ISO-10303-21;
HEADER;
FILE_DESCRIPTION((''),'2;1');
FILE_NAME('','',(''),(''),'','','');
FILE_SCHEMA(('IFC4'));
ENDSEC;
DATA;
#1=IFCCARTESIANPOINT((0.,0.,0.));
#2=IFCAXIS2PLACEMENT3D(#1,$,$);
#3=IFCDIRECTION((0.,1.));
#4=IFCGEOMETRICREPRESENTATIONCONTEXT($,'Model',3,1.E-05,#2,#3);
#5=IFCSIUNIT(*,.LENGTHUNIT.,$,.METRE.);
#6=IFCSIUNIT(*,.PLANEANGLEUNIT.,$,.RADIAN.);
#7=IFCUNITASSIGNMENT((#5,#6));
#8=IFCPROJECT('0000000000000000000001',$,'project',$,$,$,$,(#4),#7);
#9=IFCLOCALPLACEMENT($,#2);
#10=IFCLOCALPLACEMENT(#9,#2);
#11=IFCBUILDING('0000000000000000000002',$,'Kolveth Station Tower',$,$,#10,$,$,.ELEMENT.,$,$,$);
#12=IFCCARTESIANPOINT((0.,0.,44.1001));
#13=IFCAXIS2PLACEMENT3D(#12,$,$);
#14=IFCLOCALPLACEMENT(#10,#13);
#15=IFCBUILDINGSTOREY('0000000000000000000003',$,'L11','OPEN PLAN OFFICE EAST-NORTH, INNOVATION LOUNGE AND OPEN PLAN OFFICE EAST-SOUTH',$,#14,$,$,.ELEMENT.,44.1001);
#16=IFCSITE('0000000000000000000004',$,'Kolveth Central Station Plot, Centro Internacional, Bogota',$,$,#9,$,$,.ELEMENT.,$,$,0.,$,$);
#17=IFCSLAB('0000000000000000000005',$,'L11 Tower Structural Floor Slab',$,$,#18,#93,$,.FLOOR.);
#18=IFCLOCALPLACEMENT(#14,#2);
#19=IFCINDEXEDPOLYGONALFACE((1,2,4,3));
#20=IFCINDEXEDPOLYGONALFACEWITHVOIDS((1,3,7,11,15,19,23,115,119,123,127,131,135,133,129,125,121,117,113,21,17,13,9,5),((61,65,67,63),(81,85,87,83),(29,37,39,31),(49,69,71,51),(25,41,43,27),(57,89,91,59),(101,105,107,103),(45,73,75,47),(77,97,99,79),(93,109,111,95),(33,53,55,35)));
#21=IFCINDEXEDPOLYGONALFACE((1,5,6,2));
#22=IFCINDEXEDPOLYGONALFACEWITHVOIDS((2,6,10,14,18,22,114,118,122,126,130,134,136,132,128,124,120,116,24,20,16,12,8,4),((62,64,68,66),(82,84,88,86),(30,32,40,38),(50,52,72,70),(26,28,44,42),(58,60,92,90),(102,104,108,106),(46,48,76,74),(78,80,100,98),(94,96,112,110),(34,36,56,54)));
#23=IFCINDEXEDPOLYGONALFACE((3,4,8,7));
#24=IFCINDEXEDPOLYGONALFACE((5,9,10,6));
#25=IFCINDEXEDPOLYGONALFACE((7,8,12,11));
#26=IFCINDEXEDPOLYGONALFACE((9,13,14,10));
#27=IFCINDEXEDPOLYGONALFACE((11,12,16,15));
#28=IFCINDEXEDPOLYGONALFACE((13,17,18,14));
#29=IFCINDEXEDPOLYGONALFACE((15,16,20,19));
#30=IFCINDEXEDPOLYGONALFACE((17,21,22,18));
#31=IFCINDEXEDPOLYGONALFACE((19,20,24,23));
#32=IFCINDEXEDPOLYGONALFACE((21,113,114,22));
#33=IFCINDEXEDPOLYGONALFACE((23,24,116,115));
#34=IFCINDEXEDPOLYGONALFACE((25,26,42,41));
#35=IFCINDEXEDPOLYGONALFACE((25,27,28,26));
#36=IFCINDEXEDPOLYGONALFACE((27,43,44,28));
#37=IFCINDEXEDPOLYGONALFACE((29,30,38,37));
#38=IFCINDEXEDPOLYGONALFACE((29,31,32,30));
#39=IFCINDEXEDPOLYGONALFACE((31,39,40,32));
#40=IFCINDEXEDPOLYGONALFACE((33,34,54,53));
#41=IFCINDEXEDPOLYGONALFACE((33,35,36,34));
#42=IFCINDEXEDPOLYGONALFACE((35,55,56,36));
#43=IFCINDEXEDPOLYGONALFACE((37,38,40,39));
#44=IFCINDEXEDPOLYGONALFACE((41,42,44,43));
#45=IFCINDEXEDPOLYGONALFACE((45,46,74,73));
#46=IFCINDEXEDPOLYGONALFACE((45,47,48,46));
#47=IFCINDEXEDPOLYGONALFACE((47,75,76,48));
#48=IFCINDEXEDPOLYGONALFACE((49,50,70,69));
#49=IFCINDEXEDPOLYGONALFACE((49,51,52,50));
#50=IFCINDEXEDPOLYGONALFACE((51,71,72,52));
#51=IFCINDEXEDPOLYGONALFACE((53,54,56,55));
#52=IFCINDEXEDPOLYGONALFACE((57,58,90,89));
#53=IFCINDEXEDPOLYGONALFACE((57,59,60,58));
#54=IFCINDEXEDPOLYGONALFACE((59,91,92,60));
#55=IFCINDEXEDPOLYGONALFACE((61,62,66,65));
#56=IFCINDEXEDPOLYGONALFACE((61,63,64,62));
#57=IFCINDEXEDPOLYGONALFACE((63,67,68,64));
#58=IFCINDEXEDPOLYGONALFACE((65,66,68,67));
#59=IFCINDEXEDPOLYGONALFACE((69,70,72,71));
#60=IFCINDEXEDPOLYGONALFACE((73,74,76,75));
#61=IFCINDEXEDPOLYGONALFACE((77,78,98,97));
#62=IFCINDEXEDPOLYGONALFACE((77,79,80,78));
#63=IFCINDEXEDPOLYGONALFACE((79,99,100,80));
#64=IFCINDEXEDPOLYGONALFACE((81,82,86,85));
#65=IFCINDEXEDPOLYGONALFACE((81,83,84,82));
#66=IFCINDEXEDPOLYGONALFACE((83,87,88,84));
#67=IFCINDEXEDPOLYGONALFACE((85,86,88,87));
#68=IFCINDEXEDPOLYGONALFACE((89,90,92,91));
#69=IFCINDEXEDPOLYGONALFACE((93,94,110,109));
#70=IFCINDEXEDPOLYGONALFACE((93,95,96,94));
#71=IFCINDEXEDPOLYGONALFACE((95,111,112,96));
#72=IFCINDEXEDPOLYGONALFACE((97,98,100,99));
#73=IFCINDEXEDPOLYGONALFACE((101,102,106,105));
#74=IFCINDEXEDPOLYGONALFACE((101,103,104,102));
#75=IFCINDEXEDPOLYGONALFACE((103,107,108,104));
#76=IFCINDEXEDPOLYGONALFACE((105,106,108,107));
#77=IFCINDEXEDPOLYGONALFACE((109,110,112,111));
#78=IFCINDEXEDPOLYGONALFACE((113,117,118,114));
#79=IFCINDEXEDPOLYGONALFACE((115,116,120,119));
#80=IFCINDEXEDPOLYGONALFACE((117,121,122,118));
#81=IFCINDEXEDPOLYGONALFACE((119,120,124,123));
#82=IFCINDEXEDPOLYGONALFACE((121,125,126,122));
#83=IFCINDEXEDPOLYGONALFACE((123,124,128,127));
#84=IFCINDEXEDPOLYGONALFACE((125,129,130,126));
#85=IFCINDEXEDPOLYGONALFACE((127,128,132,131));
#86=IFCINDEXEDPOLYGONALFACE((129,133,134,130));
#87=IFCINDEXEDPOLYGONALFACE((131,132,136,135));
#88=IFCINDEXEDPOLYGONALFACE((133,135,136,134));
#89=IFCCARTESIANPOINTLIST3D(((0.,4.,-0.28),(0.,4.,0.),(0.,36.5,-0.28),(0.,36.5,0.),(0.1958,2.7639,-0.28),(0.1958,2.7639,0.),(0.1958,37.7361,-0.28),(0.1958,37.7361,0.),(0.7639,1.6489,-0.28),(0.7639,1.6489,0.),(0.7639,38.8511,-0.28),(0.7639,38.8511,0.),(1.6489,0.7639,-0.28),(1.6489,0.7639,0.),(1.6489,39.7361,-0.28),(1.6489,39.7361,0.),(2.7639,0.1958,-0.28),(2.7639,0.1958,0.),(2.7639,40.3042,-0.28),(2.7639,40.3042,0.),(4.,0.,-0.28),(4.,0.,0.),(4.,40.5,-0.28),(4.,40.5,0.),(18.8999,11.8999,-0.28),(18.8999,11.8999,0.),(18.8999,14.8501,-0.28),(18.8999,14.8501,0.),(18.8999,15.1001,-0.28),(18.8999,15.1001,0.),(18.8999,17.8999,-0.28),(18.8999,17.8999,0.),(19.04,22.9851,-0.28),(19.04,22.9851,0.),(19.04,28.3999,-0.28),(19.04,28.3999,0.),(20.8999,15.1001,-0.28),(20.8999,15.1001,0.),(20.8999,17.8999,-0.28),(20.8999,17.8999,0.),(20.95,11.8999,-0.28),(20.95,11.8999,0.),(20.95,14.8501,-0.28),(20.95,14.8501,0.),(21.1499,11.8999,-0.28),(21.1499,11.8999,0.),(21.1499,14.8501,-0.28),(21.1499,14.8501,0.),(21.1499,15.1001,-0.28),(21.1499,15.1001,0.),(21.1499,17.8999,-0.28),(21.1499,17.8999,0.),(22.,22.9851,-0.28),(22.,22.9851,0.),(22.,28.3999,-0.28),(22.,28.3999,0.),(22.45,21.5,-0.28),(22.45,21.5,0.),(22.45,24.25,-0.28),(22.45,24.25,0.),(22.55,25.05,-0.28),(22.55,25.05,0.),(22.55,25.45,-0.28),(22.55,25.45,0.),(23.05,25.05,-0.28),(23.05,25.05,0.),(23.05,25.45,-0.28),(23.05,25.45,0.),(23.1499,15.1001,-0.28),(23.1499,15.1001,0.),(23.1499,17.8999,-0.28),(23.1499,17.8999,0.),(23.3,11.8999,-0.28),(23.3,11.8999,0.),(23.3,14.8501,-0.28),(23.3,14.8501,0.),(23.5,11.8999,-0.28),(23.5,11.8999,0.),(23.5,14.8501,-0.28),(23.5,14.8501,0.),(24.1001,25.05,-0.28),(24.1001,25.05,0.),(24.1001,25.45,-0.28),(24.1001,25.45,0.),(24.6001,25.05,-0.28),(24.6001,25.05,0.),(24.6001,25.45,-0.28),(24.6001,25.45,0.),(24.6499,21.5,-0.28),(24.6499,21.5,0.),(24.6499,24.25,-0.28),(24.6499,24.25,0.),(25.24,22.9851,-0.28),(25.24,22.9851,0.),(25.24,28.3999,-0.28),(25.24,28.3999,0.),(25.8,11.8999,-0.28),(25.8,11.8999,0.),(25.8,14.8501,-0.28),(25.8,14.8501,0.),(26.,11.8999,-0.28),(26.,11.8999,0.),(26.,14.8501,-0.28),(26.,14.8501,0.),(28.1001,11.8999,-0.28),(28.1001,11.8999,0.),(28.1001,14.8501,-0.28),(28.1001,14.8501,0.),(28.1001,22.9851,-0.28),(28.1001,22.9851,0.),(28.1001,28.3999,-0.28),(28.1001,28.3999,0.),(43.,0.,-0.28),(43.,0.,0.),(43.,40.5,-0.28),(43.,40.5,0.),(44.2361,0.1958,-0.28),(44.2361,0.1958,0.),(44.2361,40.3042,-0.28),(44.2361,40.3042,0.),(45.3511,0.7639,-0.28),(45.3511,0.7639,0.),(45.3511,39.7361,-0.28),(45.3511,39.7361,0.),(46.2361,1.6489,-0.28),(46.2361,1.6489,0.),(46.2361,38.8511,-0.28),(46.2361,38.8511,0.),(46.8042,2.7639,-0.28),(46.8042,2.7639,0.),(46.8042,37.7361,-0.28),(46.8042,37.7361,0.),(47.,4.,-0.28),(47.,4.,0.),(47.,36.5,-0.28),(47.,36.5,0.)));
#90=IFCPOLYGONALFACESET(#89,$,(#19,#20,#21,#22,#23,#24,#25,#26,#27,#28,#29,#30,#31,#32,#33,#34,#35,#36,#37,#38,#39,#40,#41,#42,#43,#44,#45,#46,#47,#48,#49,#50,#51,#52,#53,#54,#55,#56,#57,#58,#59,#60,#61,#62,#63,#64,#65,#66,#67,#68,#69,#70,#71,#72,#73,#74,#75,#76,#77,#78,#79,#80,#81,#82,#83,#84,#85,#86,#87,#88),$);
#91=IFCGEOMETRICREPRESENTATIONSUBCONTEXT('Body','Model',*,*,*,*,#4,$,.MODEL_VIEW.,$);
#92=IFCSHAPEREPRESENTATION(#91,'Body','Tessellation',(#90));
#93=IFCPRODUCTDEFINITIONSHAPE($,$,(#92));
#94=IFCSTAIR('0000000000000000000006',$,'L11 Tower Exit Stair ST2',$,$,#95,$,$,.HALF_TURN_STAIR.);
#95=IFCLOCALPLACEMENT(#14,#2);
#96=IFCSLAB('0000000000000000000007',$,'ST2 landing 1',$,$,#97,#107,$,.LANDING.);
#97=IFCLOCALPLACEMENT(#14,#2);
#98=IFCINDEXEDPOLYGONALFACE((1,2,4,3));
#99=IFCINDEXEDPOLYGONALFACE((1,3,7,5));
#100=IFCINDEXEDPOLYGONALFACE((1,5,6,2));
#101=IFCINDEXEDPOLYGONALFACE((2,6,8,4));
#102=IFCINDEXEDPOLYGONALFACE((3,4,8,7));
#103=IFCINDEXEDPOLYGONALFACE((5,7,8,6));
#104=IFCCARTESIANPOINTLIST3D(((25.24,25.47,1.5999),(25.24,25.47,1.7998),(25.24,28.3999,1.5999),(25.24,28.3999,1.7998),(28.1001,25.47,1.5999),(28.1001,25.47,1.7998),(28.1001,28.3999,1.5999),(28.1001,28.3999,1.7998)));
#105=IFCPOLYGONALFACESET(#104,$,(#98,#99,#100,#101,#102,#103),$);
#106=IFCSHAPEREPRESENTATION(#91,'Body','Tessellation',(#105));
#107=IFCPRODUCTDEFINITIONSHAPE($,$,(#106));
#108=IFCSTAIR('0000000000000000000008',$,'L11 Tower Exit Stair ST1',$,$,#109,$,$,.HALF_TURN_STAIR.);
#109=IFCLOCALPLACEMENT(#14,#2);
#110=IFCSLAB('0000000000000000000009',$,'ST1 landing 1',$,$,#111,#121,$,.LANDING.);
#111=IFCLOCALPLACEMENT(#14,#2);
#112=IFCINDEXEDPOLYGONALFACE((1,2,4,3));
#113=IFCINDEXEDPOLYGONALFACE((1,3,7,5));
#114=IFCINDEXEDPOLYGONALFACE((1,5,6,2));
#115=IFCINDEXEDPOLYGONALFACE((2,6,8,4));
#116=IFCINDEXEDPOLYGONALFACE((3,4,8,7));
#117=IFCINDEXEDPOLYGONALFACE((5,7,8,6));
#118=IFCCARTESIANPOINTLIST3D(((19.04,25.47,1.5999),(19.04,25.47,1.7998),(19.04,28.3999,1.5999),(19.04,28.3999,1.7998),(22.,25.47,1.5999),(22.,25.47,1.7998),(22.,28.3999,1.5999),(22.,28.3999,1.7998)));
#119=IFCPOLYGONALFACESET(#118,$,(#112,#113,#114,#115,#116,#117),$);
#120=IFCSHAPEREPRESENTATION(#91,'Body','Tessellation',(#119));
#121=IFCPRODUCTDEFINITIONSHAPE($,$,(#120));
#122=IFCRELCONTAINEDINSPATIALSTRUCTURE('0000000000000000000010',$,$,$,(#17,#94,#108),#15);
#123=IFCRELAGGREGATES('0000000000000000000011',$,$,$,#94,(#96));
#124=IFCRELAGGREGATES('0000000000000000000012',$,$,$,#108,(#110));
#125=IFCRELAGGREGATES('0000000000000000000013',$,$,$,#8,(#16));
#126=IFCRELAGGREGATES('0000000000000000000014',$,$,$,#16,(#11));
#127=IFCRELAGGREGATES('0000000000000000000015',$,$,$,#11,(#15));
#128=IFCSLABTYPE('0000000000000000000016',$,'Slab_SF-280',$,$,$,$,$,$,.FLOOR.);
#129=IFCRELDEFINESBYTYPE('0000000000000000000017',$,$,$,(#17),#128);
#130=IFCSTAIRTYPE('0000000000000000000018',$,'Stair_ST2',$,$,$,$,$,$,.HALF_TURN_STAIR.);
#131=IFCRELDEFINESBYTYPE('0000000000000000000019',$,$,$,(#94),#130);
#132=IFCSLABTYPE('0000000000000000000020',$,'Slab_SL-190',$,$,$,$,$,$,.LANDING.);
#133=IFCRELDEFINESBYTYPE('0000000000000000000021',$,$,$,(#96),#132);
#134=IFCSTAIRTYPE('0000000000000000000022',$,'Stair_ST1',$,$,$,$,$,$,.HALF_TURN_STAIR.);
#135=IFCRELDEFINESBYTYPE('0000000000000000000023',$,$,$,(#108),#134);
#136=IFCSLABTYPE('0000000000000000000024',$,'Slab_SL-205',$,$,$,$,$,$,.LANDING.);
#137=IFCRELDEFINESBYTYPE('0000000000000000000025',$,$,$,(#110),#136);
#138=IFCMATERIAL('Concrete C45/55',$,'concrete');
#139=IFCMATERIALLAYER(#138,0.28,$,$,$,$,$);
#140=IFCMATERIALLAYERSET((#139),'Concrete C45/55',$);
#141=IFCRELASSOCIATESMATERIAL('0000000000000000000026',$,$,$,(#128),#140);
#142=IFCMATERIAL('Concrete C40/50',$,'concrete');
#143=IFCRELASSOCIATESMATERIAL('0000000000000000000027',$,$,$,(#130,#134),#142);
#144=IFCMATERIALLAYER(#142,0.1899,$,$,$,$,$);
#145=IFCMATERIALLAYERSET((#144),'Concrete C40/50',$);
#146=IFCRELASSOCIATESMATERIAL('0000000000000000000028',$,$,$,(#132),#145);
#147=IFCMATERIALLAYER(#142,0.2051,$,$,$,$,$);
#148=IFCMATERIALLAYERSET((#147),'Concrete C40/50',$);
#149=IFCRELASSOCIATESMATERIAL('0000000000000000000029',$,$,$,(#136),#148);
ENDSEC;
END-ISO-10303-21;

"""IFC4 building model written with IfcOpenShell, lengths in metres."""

from ifc_helpers import new_model, si_unit, direction, frame, origin, place, context, subcontext, project, spatial, polyline, outline, extrude, material, layer, layer_set, type_object, element, aggregate, save


model = new_model("IFC4")

# Units and contexts
model_context = context("Model", 3, precision=1e-05, world=origin(), true_north=direction((0.0, 1.0)))
body_context = subcontext(model_context, "Body", "Model", "MODEL_VIEW")
ifc_project = project(units=[si_unit("LENGTHUNIT", "METRE"), si_unit("PLANEANGLEUNIT", "RADIAN")], contexts=[model_context])

# Site, building, storey
site_placement = place(None, origin())
site = spatial("IfcSite", under=ifc_project, at=site_placement, Name="Kolveth Central Station Plot, Centro Internacional, Bogota", CompositionType="ELEMENT", RefElevation=0.0)
building_placement = place(site_placement, origin())
building = spatial("IfcBuilding", under=site, at=building_placement, Name="Kolveth Station Tower", CompositionType="ELEMENT")
storey_placement = place(building_placement, frame((0.0, 0.0, 44.1001)))
storey = spatial("IfcBuildingStorey", under=building, at=storey_placement, Name="L11", Description="OPEN PLAN OFFICE EAST-NORTH, INNOVATION LOUNGE AND OPEN PLAN OFFICE EAST-SOUTH", CompositionType="ELEMENT", Elevation=44.1001)

# Slab
ifc_material_1 = material(Name="Concrete C45/55", Category="concrete")
ifc_layer_1 = layer(ifc_material_1, 0.28)
ifc_layer_set_1 = layer_set([ifc_layer_1], Name="Concrete C45/55")
slab_type_1 = type_object("IfcSlabType", Name="Slab_SF-280", PredefinedType="FLOOR", material=ifc_layer_set_1)
slab_1_placement = place(storey_placement, frame((0.0, 0.0, -0.28)))
element("IfcSlab", 1, at=slab_1_placement, inside=storey, type_object=slab_type_1, Name="L11 Tower Structural Floor Slab", PredefinedType="FLOOR", context=body_context, shape_type="SweptSolid", body=[
    extrude(outline(polyline([(43.0, 0.0), (44.2361, 0.1958), (45.3511, 0.7639), (46.2361, 1.6489), (46.8042, 2.7639), (47.0, 4.0), (47.0, 36.5), (46.8042, 37.7361), (46.2361, 38.8511), (45.3511, 39.7361), (44.2361, 40.3042), (43.0, 40.5), (4.0, 40.5), (2.7639, 40.3042), (1.6489, 39.7361), (0.7639, 38.8511), (0.1958, 37.7361), (0.0, 36.5), (0.0, 4.0), (0.1958, 2.7639), (0.7639, 1.6489), (1.6489, 0.7639), (2.7639, 0.1958), (4.0, 0.0), (43.0, 0.0)]), holes=[polyline([(19.04, 22.9851), (22.0, 22.9851), (22.0, 28.3999), (19.04, 28.3999), (19.04, 22.9851)]), polyline([(25.24, 22.9851), (28.1001, 22.9851), (28.1001, 28.3999), (25.24, 28.3999), (25.24, 22.9851)]), polyline([(18.8999, 15.1001), (20.8999, 15.1001), (20.8999, 17.8999), (18.8999, 17.8999), (18.8999, 15.1001)]), polyline([(21.1499, 15.1001), (23.1499, 15.1001), (23.1499, 17.8999), (21.1499, 17.8999), (21.1499, 15.1001)]), polyline([(22.45, 21.5), (24.6499, 21.5), (24.6499, 24.25), (22.45, 24.25), (22.45, 21.5)]), polyline([(18.8999, 11.8999), (20.95, 11.8999), (20.95, 14.8501), (18.8999, 14.8501), (18.8999, 11.8999)]), polyline([(21.1499, 11.8999), (23.3, 11.8999), (23.3, 14.8501), (21.1499, 14.8501), (21.1499, 11.8999)]), polyline([(23.5, 11.8999), (25.8, 11.8999), (25.8, 14.8501), (23.5, 14.8501), (23.5, 11.8999)]), polyline([(26.0, 11.8999), (28.1001, 11.8999), (28.1001, 14.8501), (26.0, 14.8501), (26.0, 11.8999)]), polyline([(22.55, 25.05), (23.05, 25.05), (23.05, 25.45), (22.55, 25.45), (22.55, 25.05)]), polyline([(24.1001, 25.05), (24.6001, 25.05), (24.6001, 25.45), (24.1001, 25.45), (24.1001, 25.05)])]), origin(), (0.0, 0.0, 1.0), 0.28),
])

# Stairs, slabs
ifc_material_2 = material(Name="Concrete C40/50", Category="concrete")
stair_type_1 = type_object("IfcStairType", Name="Stair_ST2", PredefinedType="HALF_TURN_STAIR", material=ifc_material_2)
stair_1_placement = place(storey_placement, origin())
stair_1 = element("IfcStair", 2, at=stair_1_placement, inside=storey, type_object=stair_type_1, Name="L11 Tower Exit Stair ST2", PredefinedType="HALF_TURN_STAIR")
ifc_layer_2 = layer(ifc_material_2, 0.1899)
ifc_layer_set_2 = layer_set([ifc_layer_2], Name="Concrete C40/50")
slab_type_2 = type_object("IfcSlabType", Name="Slab_SL-190", PredefinedType="LANDING", material=ifc_layer_set_2)
slab_2_placement = place(storey_placement, frame((0.0, 0.0, 1.5999)))
slab_2 = element("IfcSlab", 3, at=slab_2_placement, type_object=slab_type_2, Name="ST2 landing 1", PredefinedType="LANDING", context=body_context, shape_type="SweptSolid", body=[
    extrude(outline(polyline([(28.1001, 25.47), (28.1001, 28.3999), (25.24, 28.3999), (25.24, 25.47), (28.1001, 25.47)])), origin(), (0.0, 0.0, 1.0), 0.2),
])
aggregate(stair_1, [slab_2])
stair_type_2 = type_object("IfcStairType", Name="Stair_ST1", PredefinedType="HALF_TURN_STAIR", material=ifc_material_2)
stair_2_placement = place(storey_placement, origin())
stair_2 = element("IfcStair", 4, at=stair_2_placement, inside=storey, type_object=stair_type_2, Name="L11 Tower Exit Stair ST1", PredefinedType="HALF_TURN_STAIR")
ifc_layer_3 = layer(ifc_material_2, 0.2051)
ifc_layer_set_3 = layer_set([ifc_layer_3], Name="Concrete C40/50")
slab_type_3 = type_object("IfcSlabType", Name="Slab_SL-205", PredefinedType="LANDING", material=ifc_layer_set_3)
slab_3_placement = place(storey_placement, frame((0.0, 0.0, 1.5999)))
slab_3 = element("IfcSlab", 5, at=slab_3_placement, type_object=slab_type_3, Name="ST1 landing 1", PredefinedType="LANDING", context=body_context, shape_type="SweptSolid", body=[
    extrude(outline(polyline([(22.0, 25.47), (22.0, 28.3999), (19.04, 28.3999), (19.04, 25.47), (22.0, 25.47)])), origin(), (0.0, 0.0, 1.0), 0.2),
])
aggregate(stair_2, [slab_3])

save(model, "model.ifc")
